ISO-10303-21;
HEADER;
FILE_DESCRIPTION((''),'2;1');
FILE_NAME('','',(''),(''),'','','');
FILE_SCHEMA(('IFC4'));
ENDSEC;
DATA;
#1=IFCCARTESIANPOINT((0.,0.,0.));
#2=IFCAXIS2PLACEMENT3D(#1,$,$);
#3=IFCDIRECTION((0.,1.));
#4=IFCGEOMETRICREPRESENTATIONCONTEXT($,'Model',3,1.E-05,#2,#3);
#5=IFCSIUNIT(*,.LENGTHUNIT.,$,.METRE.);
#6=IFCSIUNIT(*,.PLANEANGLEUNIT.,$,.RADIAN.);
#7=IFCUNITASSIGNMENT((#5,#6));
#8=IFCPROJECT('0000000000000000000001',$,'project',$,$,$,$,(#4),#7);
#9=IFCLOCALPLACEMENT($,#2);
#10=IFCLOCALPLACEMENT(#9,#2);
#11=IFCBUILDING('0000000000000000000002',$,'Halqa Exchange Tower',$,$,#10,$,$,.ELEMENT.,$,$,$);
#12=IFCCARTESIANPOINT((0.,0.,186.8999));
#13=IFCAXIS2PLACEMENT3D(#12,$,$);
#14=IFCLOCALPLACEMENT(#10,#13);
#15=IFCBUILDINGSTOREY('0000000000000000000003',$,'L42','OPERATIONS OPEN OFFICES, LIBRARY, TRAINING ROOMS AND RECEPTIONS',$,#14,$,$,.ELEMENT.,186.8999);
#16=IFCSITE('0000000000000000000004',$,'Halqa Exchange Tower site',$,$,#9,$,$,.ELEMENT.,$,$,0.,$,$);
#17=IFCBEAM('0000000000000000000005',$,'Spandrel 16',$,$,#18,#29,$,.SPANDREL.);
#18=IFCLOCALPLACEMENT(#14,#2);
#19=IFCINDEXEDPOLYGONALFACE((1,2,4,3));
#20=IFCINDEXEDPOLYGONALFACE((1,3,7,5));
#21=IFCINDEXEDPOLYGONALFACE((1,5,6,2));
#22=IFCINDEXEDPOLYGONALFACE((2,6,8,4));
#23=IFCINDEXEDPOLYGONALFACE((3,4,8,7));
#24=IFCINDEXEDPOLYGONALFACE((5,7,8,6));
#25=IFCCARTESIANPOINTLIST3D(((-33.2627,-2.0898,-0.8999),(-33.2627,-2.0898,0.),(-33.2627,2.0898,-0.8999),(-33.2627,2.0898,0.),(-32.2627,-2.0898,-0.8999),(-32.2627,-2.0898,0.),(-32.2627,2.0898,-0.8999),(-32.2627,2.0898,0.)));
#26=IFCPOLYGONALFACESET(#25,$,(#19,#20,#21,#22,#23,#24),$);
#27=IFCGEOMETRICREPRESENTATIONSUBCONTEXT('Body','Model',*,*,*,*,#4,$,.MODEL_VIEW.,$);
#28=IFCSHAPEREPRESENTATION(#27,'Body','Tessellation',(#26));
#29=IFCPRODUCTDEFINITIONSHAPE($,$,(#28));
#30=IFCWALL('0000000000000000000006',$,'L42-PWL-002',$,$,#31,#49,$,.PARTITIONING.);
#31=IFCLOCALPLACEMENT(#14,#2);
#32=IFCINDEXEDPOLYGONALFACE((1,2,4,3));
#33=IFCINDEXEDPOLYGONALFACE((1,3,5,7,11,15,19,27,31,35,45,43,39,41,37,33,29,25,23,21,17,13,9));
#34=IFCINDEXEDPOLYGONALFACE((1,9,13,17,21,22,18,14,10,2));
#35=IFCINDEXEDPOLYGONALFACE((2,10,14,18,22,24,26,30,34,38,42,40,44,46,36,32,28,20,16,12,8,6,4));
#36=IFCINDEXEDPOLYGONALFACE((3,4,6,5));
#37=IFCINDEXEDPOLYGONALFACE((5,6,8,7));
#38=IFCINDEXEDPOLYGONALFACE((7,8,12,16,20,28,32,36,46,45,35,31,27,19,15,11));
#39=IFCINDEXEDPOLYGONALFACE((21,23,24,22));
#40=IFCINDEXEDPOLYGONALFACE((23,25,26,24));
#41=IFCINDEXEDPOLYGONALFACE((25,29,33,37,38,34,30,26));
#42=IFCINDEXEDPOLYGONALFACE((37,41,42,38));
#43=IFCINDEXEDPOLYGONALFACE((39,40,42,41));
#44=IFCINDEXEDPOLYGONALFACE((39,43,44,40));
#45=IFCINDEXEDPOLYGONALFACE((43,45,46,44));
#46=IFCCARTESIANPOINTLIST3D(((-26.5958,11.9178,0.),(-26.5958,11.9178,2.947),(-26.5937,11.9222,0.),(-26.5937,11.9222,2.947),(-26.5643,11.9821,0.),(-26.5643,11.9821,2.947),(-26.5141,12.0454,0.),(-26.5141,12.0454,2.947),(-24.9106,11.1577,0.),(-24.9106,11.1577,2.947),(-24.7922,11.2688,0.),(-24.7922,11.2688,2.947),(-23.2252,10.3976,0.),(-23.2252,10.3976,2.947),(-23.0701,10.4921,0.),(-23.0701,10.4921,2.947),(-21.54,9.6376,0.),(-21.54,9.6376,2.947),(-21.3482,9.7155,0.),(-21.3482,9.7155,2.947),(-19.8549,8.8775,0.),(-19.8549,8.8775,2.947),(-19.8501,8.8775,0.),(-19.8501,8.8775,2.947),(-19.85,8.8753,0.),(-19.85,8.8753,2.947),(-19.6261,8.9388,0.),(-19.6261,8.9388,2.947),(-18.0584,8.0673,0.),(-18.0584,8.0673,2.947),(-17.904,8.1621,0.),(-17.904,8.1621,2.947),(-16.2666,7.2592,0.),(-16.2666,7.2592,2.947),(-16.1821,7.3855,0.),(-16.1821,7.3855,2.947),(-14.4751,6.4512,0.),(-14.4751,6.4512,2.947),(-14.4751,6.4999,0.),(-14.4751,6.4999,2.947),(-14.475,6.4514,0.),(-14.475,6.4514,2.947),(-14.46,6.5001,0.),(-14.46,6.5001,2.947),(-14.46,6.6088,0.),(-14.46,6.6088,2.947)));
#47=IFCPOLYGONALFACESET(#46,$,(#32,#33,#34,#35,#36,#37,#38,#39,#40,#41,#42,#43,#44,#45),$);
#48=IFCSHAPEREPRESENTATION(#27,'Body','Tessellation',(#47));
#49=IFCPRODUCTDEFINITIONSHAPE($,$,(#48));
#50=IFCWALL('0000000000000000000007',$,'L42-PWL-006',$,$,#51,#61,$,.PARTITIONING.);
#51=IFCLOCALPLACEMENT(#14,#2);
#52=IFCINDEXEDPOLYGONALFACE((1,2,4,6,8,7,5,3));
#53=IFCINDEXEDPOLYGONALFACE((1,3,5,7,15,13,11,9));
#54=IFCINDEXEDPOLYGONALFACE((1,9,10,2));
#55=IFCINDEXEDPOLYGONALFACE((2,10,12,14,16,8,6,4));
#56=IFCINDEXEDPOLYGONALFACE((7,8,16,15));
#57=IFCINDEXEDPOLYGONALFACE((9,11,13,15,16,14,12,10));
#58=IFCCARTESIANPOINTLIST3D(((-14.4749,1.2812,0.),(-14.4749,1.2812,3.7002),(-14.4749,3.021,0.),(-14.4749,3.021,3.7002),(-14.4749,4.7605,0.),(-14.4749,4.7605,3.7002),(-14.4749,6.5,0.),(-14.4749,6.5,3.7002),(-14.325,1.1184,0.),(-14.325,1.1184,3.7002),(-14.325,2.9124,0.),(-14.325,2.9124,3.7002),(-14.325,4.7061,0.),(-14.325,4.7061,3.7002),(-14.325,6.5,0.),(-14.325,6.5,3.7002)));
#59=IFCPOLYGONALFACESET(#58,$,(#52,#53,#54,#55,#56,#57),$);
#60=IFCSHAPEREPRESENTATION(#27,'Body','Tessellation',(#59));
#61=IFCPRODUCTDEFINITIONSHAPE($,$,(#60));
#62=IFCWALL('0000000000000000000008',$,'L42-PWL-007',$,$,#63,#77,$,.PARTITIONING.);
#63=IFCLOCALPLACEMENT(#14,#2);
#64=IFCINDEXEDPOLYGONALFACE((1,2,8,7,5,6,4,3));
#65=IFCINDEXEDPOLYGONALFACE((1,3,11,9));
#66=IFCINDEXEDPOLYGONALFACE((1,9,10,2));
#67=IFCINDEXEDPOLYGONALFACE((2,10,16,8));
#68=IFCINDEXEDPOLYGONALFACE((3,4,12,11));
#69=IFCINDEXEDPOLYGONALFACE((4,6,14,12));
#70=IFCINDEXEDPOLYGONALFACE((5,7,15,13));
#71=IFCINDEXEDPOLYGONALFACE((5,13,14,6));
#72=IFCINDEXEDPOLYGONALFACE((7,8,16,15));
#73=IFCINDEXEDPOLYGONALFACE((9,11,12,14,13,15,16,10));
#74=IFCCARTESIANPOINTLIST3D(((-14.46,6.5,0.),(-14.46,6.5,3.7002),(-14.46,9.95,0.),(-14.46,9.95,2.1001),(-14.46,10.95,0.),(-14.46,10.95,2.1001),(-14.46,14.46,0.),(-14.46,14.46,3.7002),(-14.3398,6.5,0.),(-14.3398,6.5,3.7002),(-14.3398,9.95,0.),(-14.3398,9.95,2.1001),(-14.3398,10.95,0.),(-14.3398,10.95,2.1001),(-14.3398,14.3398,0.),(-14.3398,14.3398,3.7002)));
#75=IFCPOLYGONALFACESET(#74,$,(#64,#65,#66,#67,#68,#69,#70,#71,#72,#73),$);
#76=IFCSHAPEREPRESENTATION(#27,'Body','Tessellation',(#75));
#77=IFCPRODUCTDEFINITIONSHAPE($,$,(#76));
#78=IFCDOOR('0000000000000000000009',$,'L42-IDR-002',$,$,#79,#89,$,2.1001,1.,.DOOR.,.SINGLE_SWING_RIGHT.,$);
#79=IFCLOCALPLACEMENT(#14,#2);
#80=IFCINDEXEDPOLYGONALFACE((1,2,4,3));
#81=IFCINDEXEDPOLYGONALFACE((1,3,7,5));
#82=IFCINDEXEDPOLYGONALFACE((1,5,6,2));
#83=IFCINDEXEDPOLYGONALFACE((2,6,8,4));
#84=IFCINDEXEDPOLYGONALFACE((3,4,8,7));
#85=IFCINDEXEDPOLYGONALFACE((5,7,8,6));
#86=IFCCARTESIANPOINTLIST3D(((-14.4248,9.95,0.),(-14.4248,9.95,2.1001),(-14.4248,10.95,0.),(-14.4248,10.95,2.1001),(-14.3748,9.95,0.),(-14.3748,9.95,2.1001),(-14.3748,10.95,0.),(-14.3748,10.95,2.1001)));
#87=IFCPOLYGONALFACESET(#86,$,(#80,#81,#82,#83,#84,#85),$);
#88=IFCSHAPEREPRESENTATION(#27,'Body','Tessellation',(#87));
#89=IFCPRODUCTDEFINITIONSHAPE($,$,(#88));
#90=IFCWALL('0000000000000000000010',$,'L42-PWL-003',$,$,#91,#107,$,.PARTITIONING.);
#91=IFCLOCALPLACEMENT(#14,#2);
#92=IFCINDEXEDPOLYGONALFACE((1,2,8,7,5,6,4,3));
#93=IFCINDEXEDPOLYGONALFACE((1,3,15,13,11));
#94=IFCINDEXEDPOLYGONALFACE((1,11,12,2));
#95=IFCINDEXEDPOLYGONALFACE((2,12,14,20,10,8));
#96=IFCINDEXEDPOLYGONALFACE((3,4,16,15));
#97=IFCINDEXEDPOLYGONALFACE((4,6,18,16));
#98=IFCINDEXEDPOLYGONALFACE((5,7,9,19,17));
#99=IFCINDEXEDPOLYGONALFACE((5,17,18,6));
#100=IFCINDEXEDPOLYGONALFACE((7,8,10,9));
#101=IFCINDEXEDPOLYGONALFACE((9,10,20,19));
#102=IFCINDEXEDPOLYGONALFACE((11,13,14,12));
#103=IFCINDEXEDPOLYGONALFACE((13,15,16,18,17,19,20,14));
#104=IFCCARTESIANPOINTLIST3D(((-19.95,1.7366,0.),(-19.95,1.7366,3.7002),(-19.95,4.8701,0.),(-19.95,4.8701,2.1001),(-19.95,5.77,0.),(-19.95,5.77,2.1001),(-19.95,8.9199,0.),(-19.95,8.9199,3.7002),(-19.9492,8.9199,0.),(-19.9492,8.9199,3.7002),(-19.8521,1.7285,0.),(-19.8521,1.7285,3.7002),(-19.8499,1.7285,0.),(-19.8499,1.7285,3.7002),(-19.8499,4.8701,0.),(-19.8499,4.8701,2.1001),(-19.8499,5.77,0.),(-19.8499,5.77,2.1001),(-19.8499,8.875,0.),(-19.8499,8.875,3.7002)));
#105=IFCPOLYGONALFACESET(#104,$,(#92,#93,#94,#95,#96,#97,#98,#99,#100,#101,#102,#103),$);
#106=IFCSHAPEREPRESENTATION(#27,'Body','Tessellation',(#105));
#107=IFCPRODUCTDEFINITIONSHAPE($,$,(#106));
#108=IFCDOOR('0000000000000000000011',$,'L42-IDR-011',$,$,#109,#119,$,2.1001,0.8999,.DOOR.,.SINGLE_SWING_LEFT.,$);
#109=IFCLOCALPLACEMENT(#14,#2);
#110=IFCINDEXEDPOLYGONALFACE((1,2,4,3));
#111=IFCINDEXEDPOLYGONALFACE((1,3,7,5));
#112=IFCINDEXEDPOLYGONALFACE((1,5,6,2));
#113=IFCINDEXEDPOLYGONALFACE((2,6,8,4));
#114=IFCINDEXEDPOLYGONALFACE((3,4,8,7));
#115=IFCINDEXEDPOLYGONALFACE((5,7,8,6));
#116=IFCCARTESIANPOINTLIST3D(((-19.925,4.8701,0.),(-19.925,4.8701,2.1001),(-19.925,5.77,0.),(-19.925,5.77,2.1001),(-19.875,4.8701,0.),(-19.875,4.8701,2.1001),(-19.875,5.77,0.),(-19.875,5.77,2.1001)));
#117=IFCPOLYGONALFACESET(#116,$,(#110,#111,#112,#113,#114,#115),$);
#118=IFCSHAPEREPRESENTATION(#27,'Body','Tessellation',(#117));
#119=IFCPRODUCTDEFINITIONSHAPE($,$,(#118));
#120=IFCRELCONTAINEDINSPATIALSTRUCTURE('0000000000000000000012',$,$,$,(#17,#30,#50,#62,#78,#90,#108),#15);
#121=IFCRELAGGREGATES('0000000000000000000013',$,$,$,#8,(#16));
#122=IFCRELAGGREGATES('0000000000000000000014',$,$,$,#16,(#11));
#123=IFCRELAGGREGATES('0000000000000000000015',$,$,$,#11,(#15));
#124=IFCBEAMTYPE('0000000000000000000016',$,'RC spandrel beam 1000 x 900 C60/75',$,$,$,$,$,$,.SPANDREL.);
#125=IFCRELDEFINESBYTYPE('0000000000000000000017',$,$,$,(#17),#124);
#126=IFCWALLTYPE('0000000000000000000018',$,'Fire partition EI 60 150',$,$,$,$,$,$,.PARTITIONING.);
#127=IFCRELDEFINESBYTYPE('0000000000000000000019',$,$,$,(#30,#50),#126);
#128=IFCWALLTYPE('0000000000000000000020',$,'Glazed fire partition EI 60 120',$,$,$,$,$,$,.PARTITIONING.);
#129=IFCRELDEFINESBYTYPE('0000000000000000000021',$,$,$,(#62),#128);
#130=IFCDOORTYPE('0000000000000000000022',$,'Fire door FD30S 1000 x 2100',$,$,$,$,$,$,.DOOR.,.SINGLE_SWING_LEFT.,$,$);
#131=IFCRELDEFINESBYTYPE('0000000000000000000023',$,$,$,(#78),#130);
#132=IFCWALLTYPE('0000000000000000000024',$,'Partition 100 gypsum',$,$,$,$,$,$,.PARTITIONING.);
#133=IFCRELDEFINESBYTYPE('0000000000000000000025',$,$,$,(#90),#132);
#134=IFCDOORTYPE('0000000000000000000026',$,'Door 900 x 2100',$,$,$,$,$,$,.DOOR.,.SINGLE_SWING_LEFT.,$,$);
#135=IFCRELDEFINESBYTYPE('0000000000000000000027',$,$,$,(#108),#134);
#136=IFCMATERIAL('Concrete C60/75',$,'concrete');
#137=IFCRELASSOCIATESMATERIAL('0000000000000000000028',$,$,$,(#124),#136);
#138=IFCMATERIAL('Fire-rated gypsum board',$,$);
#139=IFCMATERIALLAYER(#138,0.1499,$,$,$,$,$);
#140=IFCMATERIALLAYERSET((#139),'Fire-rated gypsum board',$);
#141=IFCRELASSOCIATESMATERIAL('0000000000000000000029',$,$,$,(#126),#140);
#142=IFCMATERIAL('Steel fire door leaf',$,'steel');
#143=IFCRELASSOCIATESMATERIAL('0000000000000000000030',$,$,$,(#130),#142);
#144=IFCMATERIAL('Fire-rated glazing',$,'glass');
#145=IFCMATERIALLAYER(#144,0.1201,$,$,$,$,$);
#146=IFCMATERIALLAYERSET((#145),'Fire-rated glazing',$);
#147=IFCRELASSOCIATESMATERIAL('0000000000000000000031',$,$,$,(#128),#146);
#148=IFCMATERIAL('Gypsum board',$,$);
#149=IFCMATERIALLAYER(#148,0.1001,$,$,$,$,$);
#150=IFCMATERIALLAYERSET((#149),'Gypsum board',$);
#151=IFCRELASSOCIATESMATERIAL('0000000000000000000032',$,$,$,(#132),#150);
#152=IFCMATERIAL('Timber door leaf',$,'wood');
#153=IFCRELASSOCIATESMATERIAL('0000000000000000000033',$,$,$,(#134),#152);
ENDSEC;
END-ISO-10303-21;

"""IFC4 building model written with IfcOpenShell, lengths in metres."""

from ifc_helpers import new_model, si_unit, direction, frame, frame_2d, origin, origin_2d, place, context, subcontext, project, spatial, polyline, rectangle, outline, extrude, material, layer, layer_set, material_profile, profile_set, type_object, element, fill, save


model = new_model("IFC4")

# Units and contexts
model_context = context("Model", 3, precision=1e-05, world=origin(), true_north=direction((0.0, 1.0)))
body_context = subcontext(model_context, "Body", "Model", "MODEL_VIEW")
ifc_project = project(units=[si_unit("LENGTHUNIT", "METRE"), si_unit("PLANEANGLEUNIT", "RADIAN")], contexts=[model_context])

# Site, building, storey
site_placement = place(None, origin())
site = spatial("IfcSite", under=ifc_project, at=site_placement, Name="Halqa Exchange Tower site", CompositionType="ELEMENT", RefElevation=0.0)
building_placement = place(site_placement, origin())
building = spatial("IfcBuilding", under=site, at=building_placement, Name="Halqa Exchange Tower", CompositionType="ELEMENT")
storey_placement = place(building_placement, frame((0.0, 0.0, 186.8999)))
storey = spatial("IfcBuildingStorey", under=building, at=storey_placement, Name="L42", Description="OPERATIONS OPEN OFFICES, LIBRARY, TRAINING ROOMS AND RECEPTIONS", CompositionType="ELEMENT", Elevation=186.8999)

# Beam
ifc_material_1 = material(Name="Concrete C60/75", Category="concrete")
ifc_material_profile_1 = material_profile(ifc_material_1, rectangle(XDim=1.0, YDim=0.8999, at=origin_2d()), Name="1000 x 900")
ifc_profile_set_1 = profile_set([ifc_material_profile_1], Name="Concrete C60/75")
beam_type_1 = type_object("IfcBeamType", Name="RC spandrel beam 1000 x 900 C60/75", PredefinedType="SPANDREL", material=ifc_profile_set_1)
beam_1_placement = place(storey_placement, frame((-32.7627, 2.0898, -0.45), z_axis=(0.0, -1.0, 0.0), x_axis=(1.0, 0.0, 0.0)))
element("IfcBeam", 1, at=beam_1_placement, inside=storey, type_object=beam_type_1, Name="Spandrel 16", PredefinedType="SPANDREL", context=body_context, shape_type="SweptSolid", body=[
    extrude(rectangle(XDim=1.0, YDim=0.8999, at=origin_2d()), origin(), (0.0, 0.0, 1.0), 4.1797),
])

# Shared definitions
ifc_material_2 = material(Name="Fire-rated gypsum board")
ifc_layer_1 = layer(ifc_material_2, 0.1499)
ifc_layer_set_1 = layer_set([ifc_layer_1], Name="Fire-rated gypsum board")
wall_type_1 = type_object("IfcWallType", Name="Fire partition EI 60 150", PredefinedType="PARTITIONING", material=ifc_layer_set_1)
ifc_material_3 = material(Name="Steel fire door leaf", Category="steel")
door_type_1 = type_object("IfcDoorType", Name="Fire door FD30S 1000 x 2100", OperationType="SINGLE_SWING_LEFT", PredefinedType="DOOR", material=ifc_material_3)

# Walls
wall_1_placement = place(storey_placement, frame((-26.5649, 11.9861, 0.0), z_axis=(0.0, 0.0, 1.0), x_axis=(0.911576, -0.411133, 0.0)))
element("IfcWall", 2, at=wall_1_placement, inside=storey, type_object=wall_type_1, Name="L42-PWL-002", PredefinedType="PARTITIONING", context=body_context, shape_type="SweptSolid", body=[
    extrude(outline(polyline([(0.0, -0.075), (1.8486, -0.075), (3.6975, -0.075), (5.5461, -0.075), (7.3948, -0.075), (7.3992, -0.073), (7.4001, -0.075), (9.3655, -0.075), (11.3311, -0.075), (13.2964, -0.075), (13.2964, -0.0747), (13.2764, -0.0305), (13.29, -0.0242), (13.2454, 0.075), (11.3562, 0.075), (9.4673, 0.075), (7.5781, 0.075), (5.689, 0.075), (3.8, 0.075), (1.9109, 0.075), (0.022, 0.075), (0.0022, -0.0034), (0.0, -0.0701), (0.0, -0.075)])), origin(), (0.0, 0.0, 1.0), 2.947),
])
wall_2_placement = place(storey_placement, frame((-14.3999, 1.1184, 0.0), z_axis=(0.0, 0.0, 1.0), x_axis=(0.0, 1.0, 0.0)))
element("IfcWall", 3, at=wall_2_placement, inside=storey, type_object=wall_type_1, Name="L42-PWL-006", PredefinedType="PARTITIONING", context=body_context, shape_type="SweptSolid", body=[
    extrude(outline(polyline([(5.3816, 0.075), (3.6421, 0.075), (1.9026, 0.075), (0.1628, 0.075), (0.0, -0.075), (1.7939, -0.075), (3.5876, -0.075), (5.3816, -0.075), (5.3816, 0.075)])), origin(), (0.0, 0.0, 1.0), 3.7002),
])

# Walls, openings, doors
ifc_material_4 = material(Name="Fire-rated glazing", Category="glass")
ifc_layer_2 = layer(ifc_material_4, 0.1201)
ifc_layer_set_2 = layer_set([ifc_layer_2], Name="Fire-rated glazing")
wall_type_2 = type_object("IfcWallType", Name="Glazed fire partition EI 60 120", PredefinedType="PARTITIONING", material=ifc_layer_set_2)
wall_3_placement = place(storey_placement, frame((-14.3999, 6.5, 0.0), z_axis=(0.0, 0.0, 1.0), x_axis=(0.0, 1.0, 0.0)))
wall_3 = element("IfcWall", 4, at=wall_3_placement, inside=storey, type_object=wall_type_2, Name="L42-PWL-007", PredefinedType="PARTITIONING", context=body_context, shape_type="SweptSolid", body=[
    extrude(outline(polyline([(0.0, -0.0601), (1.96, -0.0601), (3.9199, -0.0601), (5.8799, -0.0601), (7.8398, -0.0601), (7.96, 0.0601), (5.97, 0.0601), (3.98, 0.0601), (1.99, 0.0601), (0.0, 0.0601), (0.0, -0.0601)])), origin(), (0.0, 0.0, 1.0), 3.7002),
])
opening_1_placement = place(wall_3_placement, frame((3.45, 0.0, 0.0)))
opening_1 = element("IfcOpeningElement", 5, at=opening_1_placement, cuts=wall_3, PredefinedType="OPENING", context=body_context, shape_type="SweptSolid", body=[
    extrude(rectangle(XDim=1.0, YDim=2.1001, at=frame_2d((0.5, 1.05))), frame((0.0, 0.072, 0.0), z_axis=(0.0, -1.0, 0.0), x_axis=(1.0, 0.0, 0.0)), (0.0, 0.0, 1.0), 0.144),
])
door_1_placement = place(opening_1_placement, origin())
door_1 = element("IfcDoor", 6, at=door_1_placement, inside=storey, type_object=door_type_1, Name="L42-IDR-002", OperationType="SINGLE_SWING_RIGHT", OverallHeight=2.1001, OverallWidth=1.0, PredefinedType="DOOR", context=body_context, shape_type="SweptSolid", body=[
    extrude(rectangle(XDim=1.0, YDim=2.1001, at=frame_2d((0.5, 1.05))), frame((0.0, 0.0249, 0.0), z_axis=(0.0, -1.0, 0.0), x_axis=(1.0, 0.0, 0.0)), (0.0, 0.0, 1.0), 0.05),
])
fill(opening_1, door_1)
ifc_material_5 = material(Name="Gypsum board")
ifc_layer_3 = layer(ifc_material_5, 0.1001)
ifc_layer_set_3 = layer_set([ifc_layer_3], Name="Gypsum board")
wall_type_3 = type_object("IfcWallType", Name="Partition 100 gypsum", PredefinedType="PARTITIONING", material=ifc_layer_set_3)
wall_4_placement = place(storey_placement, frame((-19.8999, 1.7285, 0.0), z_axis=(0.0, 0.0, 1.0), x_axis=(0.0, 1.0, 0.0)))
wall_4 = element("IfcWall", 7, at=wall_4_placement, inside=storey, type_object=wall_type_3, Name="L42-PWL-003", PredefinedType="PARTITIONING", context=body_context, shape_type="SweptSolid", body=[
    extrude(outline(polyline([(0.0, -0.05), (1.7866, -0.05), (3.5732, -0.05), (5.3599, -0.05), (7.1465, -0.05), (7.1914, 0.0493), (7.1914, 0.05), (5.3955, 0.05), (3.5999, 0.05), (1.804, 0.05), (0.0081, 0.05), (0.0, -0.0479), (0.0, -0.05)])), origin(), (0.0, 0.0, 1.0), 3.7002),
])
opening_2_placement = place(wall_4_placement, frame((3.1416, 0.0, 0.0)))
opening_2 = element("IfcOpeningElement", 8, at=opening_2_placement, cuts=wall_4, PredefinedType="OPENING", context=body_context, shape_type="SweptSolid", body=[
    extrude(rectangle(XDim=0.8999, YDim=2.1001, at=frame_2d((0.45, 1.05))), frame((0.0, 0.062, 0.0), z_axis=(0.0, -1.0, 0.0), x_axis=(1.0, 0.0, 0.0)), (0.0, 0.0, 1.0), 0.124),
])
ifc_material_6 = material(Name="Timber door leaf", Category="wood")
door_type_2 = type_object("IfcDoorType", Name="Door 900 x 2100", OperationType="SINGLE_SWING_LEFT", PredefinedType="DOOR", material=ifc_material_6)
door_2_placement = place(opening_2_placement, frame((0.8999, 0.0, 0.0), z_axis=(0.0, 0.0, 1.0), x_axis=(-1.0, 0.0, 0.0)))
door_2 = element("IfcDoor", 9, at=door_2_placement, inside=storey, type_object=door_type_2, Name="L42-IDR-011", OperationType="SINGLE_SWING_LEFT", OverallHeight=2.1001, OverallWidth=0.8999, PredefinedType="DOOR", context=body_context, shape_type="SweptSolid", body=[
    extrude(rectangle(XDim=0.8999, YDim=2.1001, at=frame_2d((0.45, 1.05))), frame((0.0, 0.0249, 0.0), z_axis=(0.0, -1.0, 0.0), x_axis=(1.0, 0.0, 0.0)), (0.0, 0.0, 1.0), 0.05),
])
fill(opening_2, door_2)

save(model, "model.ifc")
